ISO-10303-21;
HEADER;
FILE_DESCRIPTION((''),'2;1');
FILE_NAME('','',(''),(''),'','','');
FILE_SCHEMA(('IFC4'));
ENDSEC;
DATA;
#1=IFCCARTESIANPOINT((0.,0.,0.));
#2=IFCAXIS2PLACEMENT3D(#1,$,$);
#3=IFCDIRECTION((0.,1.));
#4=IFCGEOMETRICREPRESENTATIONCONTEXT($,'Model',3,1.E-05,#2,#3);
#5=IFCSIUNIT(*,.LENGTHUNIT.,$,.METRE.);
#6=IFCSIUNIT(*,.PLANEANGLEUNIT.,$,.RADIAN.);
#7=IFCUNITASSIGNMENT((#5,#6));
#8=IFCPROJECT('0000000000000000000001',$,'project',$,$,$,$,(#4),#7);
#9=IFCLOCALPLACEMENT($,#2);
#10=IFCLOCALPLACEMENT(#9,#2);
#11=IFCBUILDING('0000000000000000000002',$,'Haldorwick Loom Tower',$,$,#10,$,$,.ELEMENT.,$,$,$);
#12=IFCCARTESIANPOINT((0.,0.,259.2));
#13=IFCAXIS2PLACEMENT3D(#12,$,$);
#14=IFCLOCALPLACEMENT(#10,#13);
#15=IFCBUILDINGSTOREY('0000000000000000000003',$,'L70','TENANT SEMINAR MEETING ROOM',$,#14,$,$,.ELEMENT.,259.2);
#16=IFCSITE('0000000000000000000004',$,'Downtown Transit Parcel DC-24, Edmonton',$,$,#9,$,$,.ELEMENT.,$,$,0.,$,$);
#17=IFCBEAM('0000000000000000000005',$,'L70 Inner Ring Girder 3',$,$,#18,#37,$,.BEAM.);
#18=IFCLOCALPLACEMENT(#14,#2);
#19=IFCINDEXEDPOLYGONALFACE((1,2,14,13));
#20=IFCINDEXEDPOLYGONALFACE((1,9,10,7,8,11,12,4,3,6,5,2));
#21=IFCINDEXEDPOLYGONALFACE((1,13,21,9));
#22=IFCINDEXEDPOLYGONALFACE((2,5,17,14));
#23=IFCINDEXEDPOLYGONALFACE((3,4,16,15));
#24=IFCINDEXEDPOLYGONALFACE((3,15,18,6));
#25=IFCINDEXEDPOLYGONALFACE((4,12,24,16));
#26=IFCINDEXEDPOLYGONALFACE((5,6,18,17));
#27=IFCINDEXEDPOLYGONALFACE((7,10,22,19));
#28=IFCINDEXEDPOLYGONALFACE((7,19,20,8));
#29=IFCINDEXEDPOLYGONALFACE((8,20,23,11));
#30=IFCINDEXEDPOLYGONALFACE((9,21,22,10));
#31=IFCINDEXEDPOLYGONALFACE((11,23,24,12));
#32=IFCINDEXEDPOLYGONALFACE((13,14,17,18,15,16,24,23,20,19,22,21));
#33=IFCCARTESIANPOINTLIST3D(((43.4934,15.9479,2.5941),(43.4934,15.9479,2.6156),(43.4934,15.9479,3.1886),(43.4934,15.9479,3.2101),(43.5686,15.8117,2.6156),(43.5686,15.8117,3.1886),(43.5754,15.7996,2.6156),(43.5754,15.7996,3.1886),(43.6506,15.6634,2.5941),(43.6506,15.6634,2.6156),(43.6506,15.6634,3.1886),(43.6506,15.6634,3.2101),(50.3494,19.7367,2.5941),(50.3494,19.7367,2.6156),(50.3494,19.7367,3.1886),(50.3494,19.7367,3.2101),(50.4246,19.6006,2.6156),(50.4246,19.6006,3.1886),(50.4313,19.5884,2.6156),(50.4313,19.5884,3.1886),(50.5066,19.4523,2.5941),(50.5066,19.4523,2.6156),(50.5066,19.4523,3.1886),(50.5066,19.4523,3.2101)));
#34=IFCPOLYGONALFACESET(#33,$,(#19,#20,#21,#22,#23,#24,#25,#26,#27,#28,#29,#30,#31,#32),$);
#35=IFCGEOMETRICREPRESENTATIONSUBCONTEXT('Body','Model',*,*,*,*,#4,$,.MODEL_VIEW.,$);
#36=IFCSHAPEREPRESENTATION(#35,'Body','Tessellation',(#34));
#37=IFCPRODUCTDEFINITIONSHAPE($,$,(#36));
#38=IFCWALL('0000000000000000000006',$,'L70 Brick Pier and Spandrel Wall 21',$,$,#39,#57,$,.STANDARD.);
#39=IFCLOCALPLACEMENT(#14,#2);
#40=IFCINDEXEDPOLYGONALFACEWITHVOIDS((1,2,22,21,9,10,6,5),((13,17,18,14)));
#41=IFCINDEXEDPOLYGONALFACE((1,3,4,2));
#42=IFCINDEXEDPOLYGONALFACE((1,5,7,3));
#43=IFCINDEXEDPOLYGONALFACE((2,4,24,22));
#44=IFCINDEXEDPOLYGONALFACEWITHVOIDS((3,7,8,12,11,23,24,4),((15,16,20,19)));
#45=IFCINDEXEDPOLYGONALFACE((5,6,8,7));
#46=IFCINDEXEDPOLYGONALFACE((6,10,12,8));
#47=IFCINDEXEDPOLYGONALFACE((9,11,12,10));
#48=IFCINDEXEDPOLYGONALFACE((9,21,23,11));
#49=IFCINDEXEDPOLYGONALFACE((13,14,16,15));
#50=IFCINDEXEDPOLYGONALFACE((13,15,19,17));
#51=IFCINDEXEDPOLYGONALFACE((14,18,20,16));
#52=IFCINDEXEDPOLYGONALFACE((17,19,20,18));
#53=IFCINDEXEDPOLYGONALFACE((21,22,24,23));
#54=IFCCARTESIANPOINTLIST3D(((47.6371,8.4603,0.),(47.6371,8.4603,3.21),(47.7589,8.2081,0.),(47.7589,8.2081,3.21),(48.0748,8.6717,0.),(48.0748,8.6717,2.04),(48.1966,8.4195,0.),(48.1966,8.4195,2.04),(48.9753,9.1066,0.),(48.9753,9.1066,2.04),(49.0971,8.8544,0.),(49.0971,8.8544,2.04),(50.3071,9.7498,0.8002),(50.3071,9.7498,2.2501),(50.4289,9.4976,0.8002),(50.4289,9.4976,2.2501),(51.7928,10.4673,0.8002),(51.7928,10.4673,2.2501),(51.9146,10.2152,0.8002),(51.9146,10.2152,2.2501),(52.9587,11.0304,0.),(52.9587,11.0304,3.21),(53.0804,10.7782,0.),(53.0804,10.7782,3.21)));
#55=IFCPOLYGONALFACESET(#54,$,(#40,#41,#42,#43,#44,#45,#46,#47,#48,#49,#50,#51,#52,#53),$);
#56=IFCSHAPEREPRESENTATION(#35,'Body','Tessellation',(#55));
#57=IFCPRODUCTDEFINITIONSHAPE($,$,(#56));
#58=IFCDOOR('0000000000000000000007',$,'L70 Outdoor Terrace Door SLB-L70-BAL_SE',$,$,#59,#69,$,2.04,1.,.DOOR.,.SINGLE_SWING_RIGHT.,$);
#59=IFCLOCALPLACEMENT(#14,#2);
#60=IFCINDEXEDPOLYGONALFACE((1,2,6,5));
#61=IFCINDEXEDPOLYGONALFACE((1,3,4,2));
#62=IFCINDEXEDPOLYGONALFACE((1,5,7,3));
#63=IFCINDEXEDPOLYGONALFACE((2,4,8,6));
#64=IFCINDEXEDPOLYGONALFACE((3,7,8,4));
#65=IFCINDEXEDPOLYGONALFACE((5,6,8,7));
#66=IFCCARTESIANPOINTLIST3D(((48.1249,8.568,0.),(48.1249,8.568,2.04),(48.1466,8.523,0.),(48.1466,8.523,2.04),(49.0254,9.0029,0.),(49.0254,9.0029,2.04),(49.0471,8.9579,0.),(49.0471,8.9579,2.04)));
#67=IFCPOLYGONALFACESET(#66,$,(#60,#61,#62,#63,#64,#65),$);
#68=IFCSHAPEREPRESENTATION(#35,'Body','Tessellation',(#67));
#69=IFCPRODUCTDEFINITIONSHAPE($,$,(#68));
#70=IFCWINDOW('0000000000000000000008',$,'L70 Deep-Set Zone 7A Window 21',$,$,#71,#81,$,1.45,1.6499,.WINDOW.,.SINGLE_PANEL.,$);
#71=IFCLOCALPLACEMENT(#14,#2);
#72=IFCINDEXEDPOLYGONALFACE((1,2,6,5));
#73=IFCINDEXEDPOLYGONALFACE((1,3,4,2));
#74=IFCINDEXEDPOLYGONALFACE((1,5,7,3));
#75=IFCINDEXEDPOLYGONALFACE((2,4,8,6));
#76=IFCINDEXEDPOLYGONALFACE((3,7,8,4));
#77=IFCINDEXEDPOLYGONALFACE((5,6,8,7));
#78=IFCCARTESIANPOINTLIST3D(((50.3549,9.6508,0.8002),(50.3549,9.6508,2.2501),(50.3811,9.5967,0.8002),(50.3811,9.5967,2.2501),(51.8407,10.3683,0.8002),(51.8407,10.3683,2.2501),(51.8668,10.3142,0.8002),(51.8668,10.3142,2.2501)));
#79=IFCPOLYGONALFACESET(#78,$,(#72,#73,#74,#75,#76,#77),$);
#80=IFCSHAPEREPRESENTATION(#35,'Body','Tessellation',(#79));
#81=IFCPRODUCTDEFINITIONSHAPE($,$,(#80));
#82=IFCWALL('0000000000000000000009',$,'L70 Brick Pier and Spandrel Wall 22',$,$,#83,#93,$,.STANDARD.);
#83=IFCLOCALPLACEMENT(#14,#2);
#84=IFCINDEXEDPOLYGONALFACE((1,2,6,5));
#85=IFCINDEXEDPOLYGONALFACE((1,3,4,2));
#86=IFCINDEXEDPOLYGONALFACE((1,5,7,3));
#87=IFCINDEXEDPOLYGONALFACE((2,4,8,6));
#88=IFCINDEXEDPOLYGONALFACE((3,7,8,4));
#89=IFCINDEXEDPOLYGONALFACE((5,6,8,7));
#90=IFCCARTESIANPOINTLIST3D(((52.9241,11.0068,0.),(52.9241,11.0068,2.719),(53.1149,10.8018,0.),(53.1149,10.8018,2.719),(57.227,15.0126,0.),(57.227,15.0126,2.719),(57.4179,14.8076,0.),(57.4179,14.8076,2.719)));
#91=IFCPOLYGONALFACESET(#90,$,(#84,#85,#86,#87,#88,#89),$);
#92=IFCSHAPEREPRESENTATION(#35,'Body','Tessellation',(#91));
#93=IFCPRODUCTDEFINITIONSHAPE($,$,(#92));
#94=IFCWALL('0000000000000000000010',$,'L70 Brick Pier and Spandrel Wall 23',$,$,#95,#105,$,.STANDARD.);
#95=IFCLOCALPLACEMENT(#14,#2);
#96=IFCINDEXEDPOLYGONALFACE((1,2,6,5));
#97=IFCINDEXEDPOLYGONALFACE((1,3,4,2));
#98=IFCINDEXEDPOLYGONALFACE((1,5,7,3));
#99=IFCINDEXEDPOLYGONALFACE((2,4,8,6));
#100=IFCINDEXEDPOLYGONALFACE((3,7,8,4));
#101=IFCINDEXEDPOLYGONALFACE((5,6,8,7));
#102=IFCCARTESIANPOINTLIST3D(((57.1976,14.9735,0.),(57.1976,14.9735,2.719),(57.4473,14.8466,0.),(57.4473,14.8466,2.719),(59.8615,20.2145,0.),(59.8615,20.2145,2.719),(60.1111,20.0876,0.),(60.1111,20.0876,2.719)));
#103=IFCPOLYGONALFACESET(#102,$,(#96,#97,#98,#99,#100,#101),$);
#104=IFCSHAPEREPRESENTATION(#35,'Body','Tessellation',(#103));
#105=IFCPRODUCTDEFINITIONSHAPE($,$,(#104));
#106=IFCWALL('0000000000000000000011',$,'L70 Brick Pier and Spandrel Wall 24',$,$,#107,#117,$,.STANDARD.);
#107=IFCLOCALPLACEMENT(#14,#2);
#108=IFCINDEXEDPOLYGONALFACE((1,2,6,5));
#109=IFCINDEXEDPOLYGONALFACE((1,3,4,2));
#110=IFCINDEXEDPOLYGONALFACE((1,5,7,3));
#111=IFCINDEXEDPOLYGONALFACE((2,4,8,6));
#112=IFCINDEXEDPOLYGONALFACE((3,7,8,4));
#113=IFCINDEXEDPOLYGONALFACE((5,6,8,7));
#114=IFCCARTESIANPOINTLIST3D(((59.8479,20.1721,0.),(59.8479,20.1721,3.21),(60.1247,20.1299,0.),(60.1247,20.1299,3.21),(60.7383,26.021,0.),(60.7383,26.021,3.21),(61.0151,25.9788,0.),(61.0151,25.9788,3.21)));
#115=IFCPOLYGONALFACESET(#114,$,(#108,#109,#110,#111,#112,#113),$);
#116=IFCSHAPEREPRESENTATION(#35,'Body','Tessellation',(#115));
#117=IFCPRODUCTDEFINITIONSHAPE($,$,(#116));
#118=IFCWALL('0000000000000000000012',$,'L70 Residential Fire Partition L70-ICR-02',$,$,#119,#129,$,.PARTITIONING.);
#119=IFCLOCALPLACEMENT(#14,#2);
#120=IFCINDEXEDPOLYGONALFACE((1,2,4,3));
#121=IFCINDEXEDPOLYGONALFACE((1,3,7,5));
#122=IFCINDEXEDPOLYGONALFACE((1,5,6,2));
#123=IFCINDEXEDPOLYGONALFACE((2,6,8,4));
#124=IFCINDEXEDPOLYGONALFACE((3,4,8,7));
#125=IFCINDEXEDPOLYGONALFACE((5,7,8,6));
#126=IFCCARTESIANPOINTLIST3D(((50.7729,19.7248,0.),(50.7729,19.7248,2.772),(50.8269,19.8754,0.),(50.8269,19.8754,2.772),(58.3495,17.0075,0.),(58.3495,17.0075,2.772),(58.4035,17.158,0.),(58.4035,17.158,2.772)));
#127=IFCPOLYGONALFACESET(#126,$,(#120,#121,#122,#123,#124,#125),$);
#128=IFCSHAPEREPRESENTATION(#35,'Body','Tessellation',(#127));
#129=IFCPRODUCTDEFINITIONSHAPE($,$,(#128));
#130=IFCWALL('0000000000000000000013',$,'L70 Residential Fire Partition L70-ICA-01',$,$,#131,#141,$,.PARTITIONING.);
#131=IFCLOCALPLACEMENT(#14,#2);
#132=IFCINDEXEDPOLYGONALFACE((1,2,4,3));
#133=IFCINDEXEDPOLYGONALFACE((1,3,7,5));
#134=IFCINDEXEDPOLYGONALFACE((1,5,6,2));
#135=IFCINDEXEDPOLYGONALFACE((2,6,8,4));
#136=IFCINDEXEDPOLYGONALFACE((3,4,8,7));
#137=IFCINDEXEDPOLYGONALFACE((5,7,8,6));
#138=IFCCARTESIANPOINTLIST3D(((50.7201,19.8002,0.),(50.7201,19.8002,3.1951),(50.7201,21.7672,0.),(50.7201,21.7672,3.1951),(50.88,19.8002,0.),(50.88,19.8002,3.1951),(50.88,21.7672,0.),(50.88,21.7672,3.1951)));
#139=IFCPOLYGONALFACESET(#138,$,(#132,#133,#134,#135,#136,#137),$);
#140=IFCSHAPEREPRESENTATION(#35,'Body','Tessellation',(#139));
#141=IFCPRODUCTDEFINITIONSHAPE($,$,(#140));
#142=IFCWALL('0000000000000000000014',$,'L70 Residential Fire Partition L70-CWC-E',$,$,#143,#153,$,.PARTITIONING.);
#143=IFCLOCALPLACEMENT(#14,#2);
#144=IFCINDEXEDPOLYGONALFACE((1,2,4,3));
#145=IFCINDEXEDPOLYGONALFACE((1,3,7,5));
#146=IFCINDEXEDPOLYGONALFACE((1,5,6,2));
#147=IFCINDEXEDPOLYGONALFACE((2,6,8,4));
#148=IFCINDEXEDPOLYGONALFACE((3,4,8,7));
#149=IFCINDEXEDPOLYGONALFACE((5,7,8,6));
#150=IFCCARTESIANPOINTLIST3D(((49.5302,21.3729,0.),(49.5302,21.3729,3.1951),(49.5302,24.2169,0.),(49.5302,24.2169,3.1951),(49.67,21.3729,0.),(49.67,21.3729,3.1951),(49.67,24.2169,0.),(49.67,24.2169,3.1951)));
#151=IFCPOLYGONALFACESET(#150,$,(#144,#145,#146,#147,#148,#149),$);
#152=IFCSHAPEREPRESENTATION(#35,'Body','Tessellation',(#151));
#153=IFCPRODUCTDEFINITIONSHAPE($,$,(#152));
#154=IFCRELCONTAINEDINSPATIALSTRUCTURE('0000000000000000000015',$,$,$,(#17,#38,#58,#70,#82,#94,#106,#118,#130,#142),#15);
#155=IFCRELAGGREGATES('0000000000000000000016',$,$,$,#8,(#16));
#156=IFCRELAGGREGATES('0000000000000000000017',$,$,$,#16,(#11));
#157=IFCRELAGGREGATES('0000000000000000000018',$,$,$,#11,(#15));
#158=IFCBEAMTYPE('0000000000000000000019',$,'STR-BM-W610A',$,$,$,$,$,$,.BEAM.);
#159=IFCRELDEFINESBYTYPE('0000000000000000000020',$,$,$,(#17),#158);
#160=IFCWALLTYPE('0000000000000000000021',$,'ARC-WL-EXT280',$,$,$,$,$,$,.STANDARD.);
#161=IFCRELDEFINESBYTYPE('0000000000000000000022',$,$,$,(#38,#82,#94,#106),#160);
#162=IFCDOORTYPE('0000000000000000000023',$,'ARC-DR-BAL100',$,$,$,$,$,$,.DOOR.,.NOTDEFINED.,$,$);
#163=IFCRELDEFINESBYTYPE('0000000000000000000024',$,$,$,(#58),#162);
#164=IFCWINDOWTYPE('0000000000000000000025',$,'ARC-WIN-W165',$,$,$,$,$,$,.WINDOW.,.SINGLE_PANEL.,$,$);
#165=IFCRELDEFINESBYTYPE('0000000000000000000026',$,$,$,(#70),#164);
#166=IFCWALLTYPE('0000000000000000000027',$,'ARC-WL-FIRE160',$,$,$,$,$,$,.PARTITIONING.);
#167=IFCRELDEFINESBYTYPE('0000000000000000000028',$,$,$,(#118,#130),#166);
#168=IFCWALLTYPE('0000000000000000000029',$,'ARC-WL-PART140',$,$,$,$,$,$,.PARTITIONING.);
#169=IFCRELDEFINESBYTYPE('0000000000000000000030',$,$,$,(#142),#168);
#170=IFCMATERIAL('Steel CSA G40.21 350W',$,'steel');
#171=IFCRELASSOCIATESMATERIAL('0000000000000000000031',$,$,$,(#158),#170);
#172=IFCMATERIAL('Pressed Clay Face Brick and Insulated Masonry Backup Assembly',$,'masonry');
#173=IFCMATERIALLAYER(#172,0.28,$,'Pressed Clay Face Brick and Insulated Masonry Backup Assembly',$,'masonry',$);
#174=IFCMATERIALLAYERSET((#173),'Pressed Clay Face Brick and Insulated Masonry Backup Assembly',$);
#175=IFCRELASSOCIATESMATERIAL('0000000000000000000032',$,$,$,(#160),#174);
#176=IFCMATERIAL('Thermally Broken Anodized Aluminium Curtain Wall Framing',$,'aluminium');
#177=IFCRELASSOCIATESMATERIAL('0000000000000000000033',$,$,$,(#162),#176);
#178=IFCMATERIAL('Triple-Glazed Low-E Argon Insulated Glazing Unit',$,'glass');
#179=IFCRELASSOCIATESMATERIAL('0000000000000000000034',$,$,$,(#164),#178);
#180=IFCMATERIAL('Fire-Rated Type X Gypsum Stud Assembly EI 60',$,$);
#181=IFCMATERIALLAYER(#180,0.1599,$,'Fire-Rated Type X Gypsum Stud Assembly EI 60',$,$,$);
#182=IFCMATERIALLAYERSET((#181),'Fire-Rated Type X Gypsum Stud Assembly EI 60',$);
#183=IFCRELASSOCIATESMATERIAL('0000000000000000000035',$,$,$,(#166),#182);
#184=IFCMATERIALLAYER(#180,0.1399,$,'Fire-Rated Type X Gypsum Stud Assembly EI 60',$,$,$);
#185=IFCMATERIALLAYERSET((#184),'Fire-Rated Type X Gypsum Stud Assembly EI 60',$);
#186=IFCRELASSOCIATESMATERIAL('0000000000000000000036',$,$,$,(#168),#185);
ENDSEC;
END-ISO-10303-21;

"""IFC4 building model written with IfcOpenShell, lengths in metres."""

from ifc_helpers import new_model, si_unit, direction, frame, frame_2d, origin, origin_2d, place, context, subcontext, project, spatial, rectangle, i_section, extrude, material, layer, layer_set, material_profile, profile_set, type_object, element, fill, save


model = new_model("IFC4")

# Units and contexts
model_context = context("Model", 3, precision=1e-05, world=origin(), true_north=direction((0.0, 1.0)))
body_context = subcontext(model_context, "Body", "Model", "MODEL_VIEW")
ifc_project = project(units=[si_unit("LENGTHUNIT", "METRE"), si_unit("PLANEANGLEUNIT", "RADIAN")], contexts=[model_context])

# Site, building, storey
site_placement = place(None, origin())
site = spatial("IfcSite", under=ifc_project, at=site_placement, Name="Downtown Transit Parcel DC-24, Edmonton", CompositionType="ELEMENT", RefElevation=0.0)
building_placement = place(site_placement, origin())
building = spatial("IfcBuilding", under=site, at=building_placement, Name="Haldorwick Loom Tower", CompositionType="ELEMENT")
storey_placement = place(building_placement, frame((0.0, 0.0, 259.2)))
storey = spatial("IfcBuildingStorey", under=building, at=storey_placement, Name="L70", Description="TENANT SEMINAR MEETING ROOM", CompositionType="ELEMENT", Elevation=259.2)

# Shared definitions
ifc_material_1 = material(Name="Steel CSA G40.21 350W", Category="steel")

# Beam
ifc_material_profile_1 = material_profile(ifc_material_1, i_section(OverallWidth=0.325, OverallDepth=0.616, WebThickness=0.0139, FlangeThickness=0.0215, at=origin_2d()), Name="W610X174", Category="steel")
ifc_profile_set_1 = profile_set([ifc_material_profile_1], Name="Steel CSA G40.21 350W")
beam_type_1 = type_object("IfcBeamType", Name="STR-BM-W610A", PredefinedType="BEAM", material=ifc_profile_set_1)
beam_1_placement = place(storey_placement, frame((50.428, 19.5945, 2.9021), z_axis=(-0.875242, -0.483686, 0.0), x_axis=(0.483686, -0.875242, 0.0)))
element("IfcBeam", 1, at=beam_1_placement, inside=storey, type_object=beam_type_1, Name="L70 Inner Ring Girder 3", PredefinedType="BEAM", context=body_context, shape_type="SweptSolid", body=[
    extrude(i_section(OverallWidth=0.325, OverallDepth=0.616, WebThickness=0.0139, FlangeThickness=0.0215, at=origin_2d()), origin(), (0.0, 0.0, 1.0), 7.8333),
])

# Wall, openings, door, window
ifc_material_2 = material(Name="Pressed Clay Face Brick and Insulated Masonry Backup Assembly", Category="masonry")
ifc_layer_1 = layer(ifc_material_2, 0.28, Name="Pressed Clay Face Brick and Insulated Masonry Backup Assembly", Category="masonry")
ifc_layer_set_1 = layer_set([ifc_layer_1], Name="Pressed Clay Face Brick and Insulated Masonry Backup Assembly")
wall_type_1 = type_object("IfcWallType", Name="ARC-WL-EXT280", PredefinedType="STANDARD", material=ifc_layer_set_1)
wall_1_placement = place(storey_placement, frame((47.698, 8.3342, 0.0), z_axis=(0.0, 0.0, 1.0), x_axis=(0.900482, 0.434893, 0.0)))
wall_1 = element("IfcWall", 2, at=wall_1_placement, inside=storey, type_object=wall_type_1, Name="L70 Brick Pier and Spandrel Wall 21", PredefinedType="STANDARD", context=body_context, shape_type="SweptSolid", body=[
    extrude(rectangle(XDim=5.9097, YDim=0.28, at=frame_2d((2.9548, 0.0))), origin(), (0.0, 0.0, 1.0), 3.21),
])
opening_1_placement = place(wall_1_placement, frame((0.4861, 0.0, 0.0)))
opening_1 = element("IfcOpeningElement", 3, at=opening_1_placement, cuts=wall_1, PredefinedType="OPENING", context=body_context, shape_type="SweptSolid", body=[
    extrude(rectangle(XDim=1.0, YDim=2.04, at=frame_2d((0.5, 1.02))), frame((0.0, 0.1499, 0.0), z_axis=(0.0, -1.0, 0.0), x_axis=(1.0, 0.0, 0.0)), (0.0, 0.0, 1.0), 0.3),
])
opening_2_placement = place(wall_1_placement, frame((2.9651, 0.0, 0.8)))
opening_2 = element("IfcOpeningElement", 4, at=opening_2_placement, cuts=wall_1, PredefinedType="OPENING", context=body_context, shape_type="SweptSolid", body=[
    extrude(rectangle(XDim=1.6499, YDim=1.45, at=frame_2d((0.825, 0.7251))), frame((0.0, 0.1499, 0.0), z_axis=(0.0, -1.0, 0.0), x_axis=(1.0, 0.0, 0.0)), (0.0, 0.0, 1.0), 0.3),
])
ifc_material_3 = material(Name="Thermally Broken Anodized Aluminium Curtain Wall Framing", Category="aluminium")
door_type = type_object("IfcDoorType", Name="ARC-DR-BAL100", OperationType="NOTDEFINED", PredefinedType="DOOR", material=ifc_material_3)
door_placement = place(opening_1_placement, origin())
door = element("IfcDoor", 5, at=door_placement, inside=storey, type_object=door_type, Name="L70 Outdoor Terrace Door SLB-L70-BAL_SE", OperationType="SINGLE_SWING_RIGHT", OverallHeight=2.04, OverallWidth=1.0, PredefinedType="DOOR", context=body_context, shape_type="SweptSolid", body=[
    extrude(rectangle(XDim=1.0, YDim=2.04, at=frame_2d((0.5, 1.02))), frame((0.0, 0.0249, 0.0), z_axis=(0.0, -1.0, 0.0), x_axis=(1.0, 0.0, 0.0)), (0.0, 0.0, 1.0), 0.05),
])
fill(opening_1, door)
ifc_material_4 = material(Name="Triple-Glazed Low-E Argon Insulated Glazing Unit", Category="glass")
window_type = type_object("IfcWindowType", Name="ARC-WIN-W165", PartitioningType="SINGLE_PANEL", PredefinedType="WINDOW", material=ifc_material_4)
window_placement = place(opening_2_placement, origin())
window = element("IfcWindow", 6, at=window_placement, inside=storey, type_object=window_type, Name="L70 Deep-Set Zone 7A Window 21", OverallHeight=1.45, OverallWidth=1.6499, PartitioningType="SINGLE_PANEL", PredefinedType="WINDOW", context=body_context, shape_type="SweptSolid", body=[
    extrude(rectangle(XDim=1.6499, YDim=1.45, at=frame_2d((0.825, 0.7251))), frame((0.0, 0.03, 0.0), z_axis=(0.0, -1.0, 0.0), x_axis=(1.0, 0.0, 0.0)), (0.0, 0.0, 1.0), 0.0601),
])
fill(opening_2, window)

# Walls
wall_2_placement = place(storey_placement, frame((53.0195, 10.9043, 0.0), z_axis=(0.0, 0.0, 1.0), x_axis=(0.731925, 0.681386, 0.0)))
element("IfcWall", 7, at=wall_2_placement, inside=storey, type_object=wall_type_1, Name="L70 Brick Pier and Spandrel Wall 22", PredefinedType="STANDARD", context=body_context, shape_type="SweptSolid", body=[
    extrude(rectangle(XDim=5.8789, YDim=0.28, at=frame_2d((2.9395, 0.0))), origin(), (0.0, 0.0, 1.0), 2.719),
])
wall_3_placement = place(storey_placement, frame((57.3225, 14.9102, 0.0), z_axis=(0.0, 0.0, 1.0), x_axis=(0.453101, 0.891459, 0.0)))
element("IfcWall", 8, at=wall_3_placement, inside=storey, type_object=wall_type_1, Name="L70 Brick Pier and Spandrel Wall 23", PredefinedType="STANDARD", context=body_context, shape_type="SweptSolid", body=[
    extrude(rectangle(XDim=5.8792, YDim=0.28, at=frame_2d((2.9395, 0.0))), origin(), (0.0, 0.0, 1.0), 2.719),
])
wall_4_placement = place(storey_placement, frame((59.9863, 20.1511, 0.0), z_axis=(0.0, 0.0, 1.0), x_axis=(0.150497, 0.98861, 0.0)))
element("IfcWall", 9, at=wall_4_placement, inside=storey, type_object=wall_type_1, Name="L70 Brick Pier and Spandrel Wall 24", PredefinedType="STANDARD", context=body_context, shape_type="SweptSolid", body=[
    extrude(rectangle(XDim=5.9163, YDim=0.28, at=frame_2d((2.958, 0.0))), origin(), (0.0, 0.0, 1.0), 3.21),
])
ifc_material_5 = material(Name="Fire-Rated Type X Gypsum Stud Assembly EI 60")
ifc_layer_2 = layer(ifc_material_5, 0.1599, Name="Fire-Rated Type X Gypsum Stud Assembly EI 60")
ifc_layer_set_2 = layer_set([ifc_layer_2], Name="Fire-Rated Type X Gypsum Stud Assembly EI 60")
wall_type_2 = type_object("IfcWallType", Name="ARC-WL-FIRE160", PredefinedType="PARTITIONING", material=ifc_layer_set_2)
wall_5_placement = place(storey_placement, frame((50.8, 19.8, 0.0), z_axis=(0.0, 0.0, 1.0), x_axis=(0.941292, -0.337595, 0.0)))
element("IfcWall", 10, at=wall_5_placement, inside=storey, type_object=wall_type_2, Name="L70 Residential Fire Partition L70-ICR-02", PredefinedType="PARTITIONING", context=body_context, shape_type="SweptSolid", body=[
    extrude(rectangle(XDim=8.0491, YDim=0.1599, at=frame_2d((4.0244, 0.0))), origin(), (0.0, 0.0, 1.0), 2.772),
])
wall_6_placement = place(storey_placement, frame((50.8, 21.7671, 0.0), z_axis=(0.0, 0.0, 1.0), x_axis=(0.0, -1.0, 0.0)))
element("IfcWall", 11, at=wall_6_placement, inside=storey, type_object=wall_type_2, Name="L70 Residential Fire Partition L70-ICA-01", PredefinedType="PARTITIONING", context=body_context, shape_type="SweptSolid", body=[
    extrude(rectangle(XDim=1.967, YDim=0.1599, at=frame_2d((0.9834, 0.0))), origin(), (0.0, 0.0, 1.0), 3.1951),
])
ifc_layer_3 = layer(ifc_material_5, 0.1399, Name="Fire-Rated Type X Gypsum Stud Assembly EI 60")
ifc_layer_set_3 = layer_set([ifc_layer_3], Name="Fire-Rated Type X Gypsum Stud Assembly EI 60")
wall_type_3 = type_object("IfcWallType", Name="ARC-WL-PART140", PredefinedType="PARTITIONING", material=ifc_layer_set_3)
wall_7_placement = place(storey_placement, frame((49.6001, 21.373, 0.0), z_axis=(0.0, 0.0, 1.0), x_axis=(0.0, 1.0, 0.0)))
element("IfcWall", 12, at=wall_7_placement, inside=storey, type_object=wall_type_3, Name="L70 Residential Fire Partition L70-CWC-E", PredefinedType="PARTITIONING", context=body_context, shape_type="SweptSolid", body=[
    extrude(rectangle(XDim=2.844, YDim=0.1399, at=frame_2d((1.4219, 0.0))), origin(), (0.0, 0.0, 1.0), 3.1951),
])

save(model, "model.ifc")
